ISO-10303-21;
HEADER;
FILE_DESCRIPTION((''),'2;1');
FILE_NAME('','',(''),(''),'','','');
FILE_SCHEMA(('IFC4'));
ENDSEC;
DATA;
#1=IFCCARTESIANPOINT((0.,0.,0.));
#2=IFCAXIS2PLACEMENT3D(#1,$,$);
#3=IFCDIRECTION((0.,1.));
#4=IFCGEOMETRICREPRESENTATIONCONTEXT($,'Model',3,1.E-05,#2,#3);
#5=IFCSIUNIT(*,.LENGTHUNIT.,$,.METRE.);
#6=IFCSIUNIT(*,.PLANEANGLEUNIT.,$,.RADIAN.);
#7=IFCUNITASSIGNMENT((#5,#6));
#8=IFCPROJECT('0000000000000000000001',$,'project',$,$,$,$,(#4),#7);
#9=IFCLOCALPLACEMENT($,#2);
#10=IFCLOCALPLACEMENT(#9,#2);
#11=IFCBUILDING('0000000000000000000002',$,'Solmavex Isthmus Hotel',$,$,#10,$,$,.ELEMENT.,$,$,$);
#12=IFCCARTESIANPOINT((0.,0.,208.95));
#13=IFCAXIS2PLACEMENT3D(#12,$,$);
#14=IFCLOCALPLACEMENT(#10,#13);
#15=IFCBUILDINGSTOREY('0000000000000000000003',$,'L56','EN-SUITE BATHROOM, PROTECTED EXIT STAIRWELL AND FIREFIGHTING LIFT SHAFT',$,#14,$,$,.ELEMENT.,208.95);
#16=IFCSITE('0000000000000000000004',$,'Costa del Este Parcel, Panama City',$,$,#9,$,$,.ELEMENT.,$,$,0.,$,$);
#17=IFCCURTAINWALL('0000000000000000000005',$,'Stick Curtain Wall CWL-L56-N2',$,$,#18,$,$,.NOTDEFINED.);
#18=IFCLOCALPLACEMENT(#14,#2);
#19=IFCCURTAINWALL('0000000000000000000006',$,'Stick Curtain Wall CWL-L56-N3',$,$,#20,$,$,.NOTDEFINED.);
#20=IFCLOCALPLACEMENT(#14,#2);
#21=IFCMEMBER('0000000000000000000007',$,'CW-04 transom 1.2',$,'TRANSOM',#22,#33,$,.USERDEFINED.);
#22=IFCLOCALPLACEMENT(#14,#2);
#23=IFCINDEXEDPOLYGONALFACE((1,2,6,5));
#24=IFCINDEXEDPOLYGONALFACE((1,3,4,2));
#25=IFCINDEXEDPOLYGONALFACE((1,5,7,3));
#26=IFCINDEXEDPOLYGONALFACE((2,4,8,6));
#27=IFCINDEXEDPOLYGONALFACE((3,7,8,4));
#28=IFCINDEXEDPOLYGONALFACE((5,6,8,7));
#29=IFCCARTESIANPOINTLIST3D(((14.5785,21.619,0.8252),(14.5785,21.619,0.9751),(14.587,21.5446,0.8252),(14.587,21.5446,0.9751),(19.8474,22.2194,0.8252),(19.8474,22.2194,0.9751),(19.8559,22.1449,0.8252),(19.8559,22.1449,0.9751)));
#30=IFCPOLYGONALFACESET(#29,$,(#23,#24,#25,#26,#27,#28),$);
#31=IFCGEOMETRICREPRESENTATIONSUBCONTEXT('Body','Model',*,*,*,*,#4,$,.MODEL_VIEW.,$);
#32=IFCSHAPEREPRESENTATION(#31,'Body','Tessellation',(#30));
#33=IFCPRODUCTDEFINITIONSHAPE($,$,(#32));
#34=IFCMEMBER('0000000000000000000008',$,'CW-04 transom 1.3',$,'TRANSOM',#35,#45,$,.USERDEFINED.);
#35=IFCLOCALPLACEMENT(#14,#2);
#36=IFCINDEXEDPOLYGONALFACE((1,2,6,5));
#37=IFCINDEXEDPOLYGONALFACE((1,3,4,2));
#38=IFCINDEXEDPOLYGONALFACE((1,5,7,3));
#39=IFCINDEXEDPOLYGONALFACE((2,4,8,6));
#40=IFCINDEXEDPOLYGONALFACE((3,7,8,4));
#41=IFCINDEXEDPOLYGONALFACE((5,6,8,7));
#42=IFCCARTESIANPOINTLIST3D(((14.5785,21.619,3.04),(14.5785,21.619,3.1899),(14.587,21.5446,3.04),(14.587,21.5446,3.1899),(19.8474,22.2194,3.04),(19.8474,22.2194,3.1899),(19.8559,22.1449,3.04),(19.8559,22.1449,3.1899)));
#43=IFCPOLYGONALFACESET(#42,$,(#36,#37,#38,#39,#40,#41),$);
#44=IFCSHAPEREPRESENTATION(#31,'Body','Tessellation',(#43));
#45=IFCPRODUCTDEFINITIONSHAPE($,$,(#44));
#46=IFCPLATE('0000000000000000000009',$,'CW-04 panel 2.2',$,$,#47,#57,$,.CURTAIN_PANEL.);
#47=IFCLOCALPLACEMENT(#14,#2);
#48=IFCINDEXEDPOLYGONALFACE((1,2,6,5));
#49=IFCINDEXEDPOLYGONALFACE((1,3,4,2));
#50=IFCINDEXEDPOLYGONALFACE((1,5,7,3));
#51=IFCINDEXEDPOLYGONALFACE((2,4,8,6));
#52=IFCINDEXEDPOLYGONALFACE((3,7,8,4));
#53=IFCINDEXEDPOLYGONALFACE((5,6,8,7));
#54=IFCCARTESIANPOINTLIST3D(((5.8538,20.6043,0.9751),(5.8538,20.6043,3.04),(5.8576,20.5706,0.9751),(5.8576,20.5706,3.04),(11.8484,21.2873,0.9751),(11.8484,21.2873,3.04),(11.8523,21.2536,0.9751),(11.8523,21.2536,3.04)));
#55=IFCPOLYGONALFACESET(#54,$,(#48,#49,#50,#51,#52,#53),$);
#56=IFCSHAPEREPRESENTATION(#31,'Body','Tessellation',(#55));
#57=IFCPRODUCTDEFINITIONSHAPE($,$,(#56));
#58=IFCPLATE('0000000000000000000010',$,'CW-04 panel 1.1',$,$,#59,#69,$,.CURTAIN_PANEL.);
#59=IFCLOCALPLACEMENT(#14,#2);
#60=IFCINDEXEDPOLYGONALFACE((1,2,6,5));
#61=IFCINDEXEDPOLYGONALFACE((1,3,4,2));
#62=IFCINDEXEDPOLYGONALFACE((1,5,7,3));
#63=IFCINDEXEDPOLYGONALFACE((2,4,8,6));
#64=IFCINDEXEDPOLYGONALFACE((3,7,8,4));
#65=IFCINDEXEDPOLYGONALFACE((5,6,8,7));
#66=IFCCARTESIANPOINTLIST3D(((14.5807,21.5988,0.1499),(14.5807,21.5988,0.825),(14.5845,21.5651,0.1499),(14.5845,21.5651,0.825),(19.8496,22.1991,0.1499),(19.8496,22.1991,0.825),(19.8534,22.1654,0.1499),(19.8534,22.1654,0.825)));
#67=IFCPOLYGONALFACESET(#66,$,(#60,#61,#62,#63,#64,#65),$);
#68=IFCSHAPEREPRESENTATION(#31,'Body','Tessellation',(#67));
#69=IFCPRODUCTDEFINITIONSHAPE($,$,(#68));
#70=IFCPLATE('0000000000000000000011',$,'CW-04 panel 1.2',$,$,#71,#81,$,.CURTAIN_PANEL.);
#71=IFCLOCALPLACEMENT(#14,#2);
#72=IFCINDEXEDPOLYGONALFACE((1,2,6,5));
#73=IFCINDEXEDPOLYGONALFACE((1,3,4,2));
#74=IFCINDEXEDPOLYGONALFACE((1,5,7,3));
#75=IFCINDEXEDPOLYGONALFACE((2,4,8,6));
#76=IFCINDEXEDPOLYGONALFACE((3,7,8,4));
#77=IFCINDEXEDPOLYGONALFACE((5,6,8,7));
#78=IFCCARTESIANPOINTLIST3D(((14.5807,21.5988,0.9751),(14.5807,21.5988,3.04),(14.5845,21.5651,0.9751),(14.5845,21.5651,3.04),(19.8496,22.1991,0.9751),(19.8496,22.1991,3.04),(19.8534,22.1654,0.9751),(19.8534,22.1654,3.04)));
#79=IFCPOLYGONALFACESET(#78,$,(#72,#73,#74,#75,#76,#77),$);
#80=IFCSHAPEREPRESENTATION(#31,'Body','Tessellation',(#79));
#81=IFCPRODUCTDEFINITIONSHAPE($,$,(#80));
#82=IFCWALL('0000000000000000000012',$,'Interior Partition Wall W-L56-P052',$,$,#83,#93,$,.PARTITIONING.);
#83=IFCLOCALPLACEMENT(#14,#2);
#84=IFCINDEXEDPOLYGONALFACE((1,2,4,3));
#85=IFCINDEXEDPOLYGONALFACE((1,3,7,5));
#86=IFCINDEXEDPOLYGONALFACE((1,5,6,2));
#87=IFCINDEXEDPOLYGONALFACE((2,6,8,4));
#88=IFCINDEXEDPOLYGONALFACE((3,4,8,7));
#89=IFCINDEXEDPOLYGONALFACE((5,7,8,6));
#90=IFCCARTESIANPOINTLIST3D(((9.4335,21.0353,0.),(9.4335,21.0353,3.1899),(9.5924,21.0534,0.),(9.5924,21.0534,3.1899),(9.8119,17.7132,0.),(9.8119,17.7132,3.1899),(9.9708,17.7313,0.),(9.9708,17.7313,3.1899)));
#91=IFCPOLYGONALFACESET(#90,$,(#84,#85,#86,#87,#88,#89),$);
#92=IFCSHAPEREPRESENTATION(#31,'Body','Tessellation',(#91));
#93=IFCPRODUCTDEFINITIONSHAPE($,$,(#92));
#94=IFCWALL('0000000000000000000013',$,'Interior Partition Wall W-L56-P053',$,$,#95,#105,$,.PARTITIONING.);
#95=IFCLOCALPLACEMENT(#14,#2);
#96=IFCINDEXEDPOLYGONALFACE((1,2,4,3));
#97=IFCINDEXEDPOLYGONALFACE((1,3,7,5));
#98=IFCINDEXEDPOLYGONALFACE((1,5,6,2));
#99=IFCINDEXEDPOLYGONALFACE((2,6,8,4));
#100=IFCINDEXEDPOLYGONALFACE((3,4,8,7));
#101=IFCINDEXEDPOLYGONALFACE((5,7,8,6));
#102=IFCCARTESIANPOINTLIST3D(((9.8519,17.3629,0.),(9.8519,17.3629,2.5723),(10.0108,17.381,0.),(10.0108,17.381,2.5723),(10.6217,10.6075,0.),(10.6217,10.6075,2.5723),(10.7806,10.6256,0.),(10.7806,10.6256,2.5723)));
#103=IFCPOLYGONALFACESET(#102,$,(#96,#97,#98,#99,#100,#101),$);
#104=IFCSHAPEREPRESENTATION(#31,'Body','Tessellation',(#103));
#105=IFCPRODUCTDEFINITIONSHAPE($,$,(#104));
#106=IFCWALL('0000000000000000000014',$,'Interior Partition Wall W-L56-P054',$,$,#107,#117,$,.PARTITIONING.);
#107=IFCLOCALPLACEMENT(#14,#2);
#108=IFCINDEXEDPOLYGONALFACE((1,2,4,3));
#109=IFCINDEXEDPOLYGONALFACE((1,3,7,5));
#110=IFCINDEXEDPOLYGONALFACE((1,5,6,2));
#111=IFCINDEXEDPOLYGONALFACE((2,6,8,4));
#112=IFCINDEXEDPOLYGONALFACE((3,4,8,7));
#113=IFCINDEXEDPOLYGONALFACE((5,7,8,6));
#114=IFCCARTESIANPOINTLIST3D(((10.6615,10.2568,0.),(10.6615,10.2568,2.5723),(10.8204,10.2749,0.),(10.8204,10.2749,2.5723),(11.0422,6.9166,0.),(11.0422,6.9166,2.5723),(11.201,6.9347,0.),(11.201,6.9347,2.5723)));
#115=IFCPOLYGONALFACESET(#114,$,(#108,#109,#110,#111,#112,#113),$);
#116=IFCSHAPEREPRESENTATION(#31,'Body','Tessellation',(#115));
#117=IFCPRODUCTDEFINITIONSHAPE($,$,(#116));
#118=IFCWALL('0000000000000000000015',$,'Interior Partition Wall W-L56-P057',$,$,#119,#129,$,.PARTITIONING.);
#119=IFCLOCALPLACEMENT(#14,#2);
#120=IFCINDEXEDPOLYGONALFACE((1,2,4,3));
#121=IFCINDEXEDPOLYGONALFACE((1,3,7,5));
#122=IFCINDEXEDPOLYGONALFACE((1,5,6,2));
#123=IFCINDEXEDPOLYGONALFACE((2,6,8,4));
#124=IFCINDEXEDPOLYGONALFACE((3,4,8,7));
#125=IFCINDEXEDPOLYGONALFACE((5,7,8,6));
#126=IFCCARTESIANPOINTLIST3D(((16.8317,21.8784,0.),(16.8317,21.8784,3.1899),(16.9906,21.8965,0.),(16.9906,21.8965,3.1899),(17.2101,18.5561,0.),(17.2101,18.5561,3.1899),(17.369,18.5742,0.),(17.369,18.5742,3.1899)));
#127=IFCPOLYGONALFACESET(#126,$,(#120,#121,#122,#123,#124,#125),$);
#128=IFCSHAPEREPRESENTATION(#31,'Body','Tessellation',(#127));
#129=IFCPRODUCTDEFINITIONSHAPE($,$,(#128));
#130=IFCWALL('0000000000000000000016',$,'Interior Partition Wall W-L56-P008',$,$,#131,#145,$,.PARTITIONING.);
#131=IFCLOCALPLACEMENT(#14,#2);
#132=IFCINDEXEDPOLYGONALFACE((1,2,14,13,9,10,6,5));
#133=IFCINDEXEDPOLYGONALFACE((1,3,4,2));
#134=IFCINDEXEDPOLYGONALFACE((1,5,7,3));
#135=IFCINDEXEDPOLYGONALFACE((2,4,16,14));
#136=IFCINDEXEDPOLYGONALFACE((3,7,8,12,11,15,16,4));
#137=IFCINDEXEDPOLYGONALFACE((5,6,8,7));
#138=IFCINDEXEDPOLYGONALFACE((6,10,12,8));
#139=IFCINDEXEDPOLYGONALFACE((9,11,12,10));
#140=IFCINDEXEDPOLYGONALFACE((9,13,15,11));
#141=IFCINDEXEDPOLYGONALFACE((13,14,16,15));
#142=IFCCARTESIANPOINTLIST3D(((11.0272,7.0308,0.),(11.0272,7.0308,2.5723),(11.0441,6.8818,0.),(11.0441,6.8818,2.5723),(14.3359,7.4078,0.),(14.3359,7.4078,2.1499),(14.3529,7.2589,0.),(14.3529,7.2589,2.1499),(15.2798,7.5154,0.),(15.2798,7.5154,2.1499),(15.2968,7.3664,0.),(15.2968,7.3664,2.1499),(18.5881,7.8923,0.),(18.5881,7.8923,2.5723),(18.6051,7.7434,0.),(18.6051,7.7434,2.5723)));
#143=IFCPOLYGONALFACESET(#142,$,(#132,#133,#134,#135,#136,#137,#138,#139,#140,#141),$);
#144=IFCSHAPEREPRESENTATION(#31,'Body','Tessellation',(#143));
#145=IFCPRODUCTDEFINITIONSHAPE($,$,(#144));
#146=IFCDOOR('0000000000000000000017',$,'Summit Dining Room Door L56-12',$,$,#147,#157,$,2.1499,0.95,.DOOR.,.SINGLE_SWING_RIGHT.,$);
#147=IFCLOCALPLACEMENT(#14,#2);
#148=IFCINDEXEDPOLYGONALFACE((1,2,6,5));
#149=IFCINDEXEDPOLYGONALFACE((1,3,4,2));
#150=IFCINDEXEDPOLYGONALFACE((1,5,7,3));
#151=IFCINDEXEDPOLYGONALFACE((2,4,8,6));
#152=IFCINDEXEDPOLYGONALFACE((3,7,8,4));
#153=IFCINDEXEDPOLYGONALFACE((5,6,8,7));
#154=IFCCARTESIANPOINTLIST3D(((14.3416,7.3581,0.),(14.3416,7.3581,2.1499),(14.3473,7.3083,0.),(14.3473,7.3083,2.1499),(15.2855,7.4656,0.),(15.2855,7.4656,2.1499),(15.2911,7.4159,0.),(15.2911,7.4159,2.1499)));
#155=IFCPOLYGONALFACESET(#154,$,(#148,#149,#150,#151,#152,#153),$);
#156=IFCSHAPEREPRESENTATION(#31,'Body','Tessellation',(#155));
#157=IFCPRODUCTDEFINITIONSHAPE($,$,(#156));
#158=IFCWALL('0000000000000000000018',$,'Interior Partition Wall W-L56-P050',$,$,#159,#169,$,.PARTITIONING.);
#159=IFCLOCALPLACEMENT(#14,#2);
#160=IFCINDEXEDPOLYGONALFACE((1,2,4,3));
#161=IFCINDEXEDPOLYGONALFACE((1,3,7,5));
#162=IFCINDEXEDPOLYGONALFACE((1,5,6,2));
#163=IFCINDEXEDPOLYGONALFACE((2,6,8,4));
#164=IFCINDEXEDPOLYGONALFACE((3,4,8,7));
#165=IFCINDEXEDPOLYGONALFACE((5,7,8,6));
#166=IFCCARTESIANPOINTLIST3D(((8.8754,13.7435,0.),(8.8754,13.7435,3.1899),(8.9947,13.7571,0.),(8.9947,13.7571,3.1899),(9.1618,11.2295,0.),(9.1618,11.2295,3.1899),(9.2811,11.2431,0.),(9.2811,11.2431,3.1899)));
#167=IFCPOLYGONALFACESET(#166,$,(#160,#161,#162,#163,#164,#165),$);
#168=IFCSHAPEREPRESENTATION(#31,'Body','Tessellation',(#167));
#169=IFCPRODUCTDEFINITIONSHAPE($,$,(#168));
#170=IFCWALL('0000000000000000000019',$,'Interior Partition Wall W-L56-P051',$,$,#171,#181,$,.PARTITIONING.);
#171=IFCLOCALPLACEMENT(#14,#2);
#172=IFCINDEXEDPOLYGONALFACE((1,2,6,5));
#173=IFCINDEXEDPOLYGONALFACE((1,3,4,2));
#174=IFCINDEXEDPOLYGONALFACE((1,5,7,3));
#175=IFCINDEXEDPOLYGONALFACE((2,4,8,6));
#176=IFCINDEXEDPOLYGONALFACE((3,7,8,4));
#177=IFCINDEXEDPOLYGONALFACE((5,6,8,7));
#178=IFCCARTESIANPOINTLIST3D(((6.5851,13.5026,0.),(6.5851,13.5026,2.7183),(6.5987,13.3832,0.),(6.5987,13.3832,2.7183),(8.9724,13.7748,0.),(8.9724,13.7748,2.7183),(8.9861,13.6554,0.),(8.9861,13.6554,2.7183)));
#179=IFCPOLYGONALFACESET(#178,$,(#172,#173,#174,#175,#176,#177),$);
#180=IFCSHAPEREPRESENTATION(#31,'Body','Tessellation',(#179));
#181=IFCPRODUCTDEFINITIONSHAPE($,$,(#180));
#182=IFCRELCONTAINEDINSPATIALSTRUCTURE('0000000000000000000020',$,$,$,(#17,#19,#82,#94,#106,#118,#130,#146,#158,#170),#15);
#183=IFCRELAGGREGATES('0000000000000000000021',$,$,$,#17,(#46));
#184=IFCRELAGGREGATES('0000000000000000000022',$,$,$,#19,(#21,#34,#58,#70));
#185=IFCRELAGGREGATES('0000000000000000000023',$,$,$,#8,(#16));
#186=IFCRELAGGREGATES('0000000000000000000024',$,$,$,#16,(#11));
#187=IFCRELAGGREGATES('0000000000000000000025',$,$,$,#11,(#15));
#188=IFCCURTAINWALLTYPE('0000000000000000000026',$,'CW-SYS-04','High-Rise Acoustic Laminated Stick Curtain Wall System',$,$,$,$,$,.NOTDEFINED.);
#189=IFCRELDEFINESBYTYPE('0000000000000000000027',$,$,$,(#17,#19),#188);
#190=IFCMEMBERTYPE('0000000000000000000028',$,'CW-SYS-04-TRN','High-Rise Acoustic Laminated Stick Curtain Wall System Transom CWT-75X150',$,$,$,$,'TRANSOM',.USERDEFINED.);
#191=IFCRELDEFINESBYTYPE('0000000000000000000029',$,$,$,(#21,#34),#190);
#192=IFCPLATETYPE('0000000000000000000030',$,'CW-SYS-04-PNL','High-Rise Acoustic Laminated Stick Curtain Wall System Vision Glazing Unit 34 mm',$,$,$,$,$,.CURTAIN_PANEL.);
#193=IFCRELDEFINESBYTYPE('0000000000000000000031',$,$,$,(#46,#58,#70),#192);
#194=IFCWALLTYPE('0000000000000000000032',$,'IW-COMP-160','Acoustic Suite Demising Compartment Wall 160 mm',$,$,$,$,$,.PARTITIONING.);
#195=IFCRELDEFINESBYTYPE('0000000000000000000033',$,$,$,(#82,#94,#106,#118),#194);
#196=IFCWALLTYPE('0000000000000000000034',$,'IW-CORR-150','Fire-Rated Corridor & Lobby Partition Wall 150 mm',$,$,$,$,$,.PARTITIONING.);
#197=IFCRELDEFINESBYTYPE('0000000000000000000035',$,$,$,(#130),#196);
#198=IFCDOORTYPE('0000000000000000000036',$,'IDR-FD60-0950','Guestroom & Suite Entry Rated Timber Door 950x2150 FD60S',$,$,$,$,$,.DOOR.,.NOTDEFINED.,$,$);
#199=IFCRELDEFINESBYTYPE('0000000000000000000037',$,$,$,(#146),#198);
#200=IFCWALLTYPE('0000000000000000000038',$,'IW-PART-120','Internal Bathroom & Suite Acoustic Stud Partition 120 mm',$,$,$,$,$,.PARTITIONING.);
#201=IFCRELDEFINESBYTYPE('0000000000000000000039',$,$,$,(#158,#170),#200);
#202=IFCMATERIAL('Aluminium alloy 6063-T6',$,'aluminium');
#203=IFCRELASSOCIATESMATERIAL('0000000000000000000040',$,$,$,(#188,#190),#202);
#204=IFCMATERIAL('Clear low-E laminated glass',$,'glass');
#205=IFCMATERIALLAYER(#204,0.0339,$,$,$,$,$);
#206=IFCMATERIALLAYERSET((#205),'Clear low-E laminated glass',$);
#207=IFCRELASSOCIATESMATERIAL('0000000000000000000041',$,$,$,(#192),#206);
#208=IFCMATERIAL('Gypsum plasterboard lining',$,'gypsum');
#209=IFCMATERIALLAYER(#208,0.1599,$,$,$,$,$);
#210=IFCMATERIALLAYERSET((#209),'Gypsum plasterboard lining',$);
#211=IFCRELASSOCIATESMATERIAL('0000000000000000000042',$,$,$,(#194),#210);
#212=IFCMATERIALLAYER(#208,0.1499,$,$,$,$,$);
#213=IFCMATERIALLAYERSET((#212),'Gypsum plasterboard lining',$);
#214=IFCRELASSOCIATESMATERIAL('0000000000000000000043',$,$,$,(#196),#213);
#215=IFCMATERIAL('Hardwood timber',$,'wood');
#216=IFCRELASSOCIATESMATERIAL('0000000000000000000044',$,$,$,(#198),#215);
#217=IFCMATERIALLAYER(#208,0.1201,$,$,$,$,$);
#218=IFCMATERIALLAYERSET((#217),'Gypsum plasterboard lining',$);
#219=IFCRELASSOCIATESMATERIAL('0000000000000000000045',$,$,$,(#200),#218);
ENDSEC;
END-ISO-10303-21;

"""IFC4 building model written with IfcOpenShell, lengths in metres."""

from ifc_helpers import new_model, si_unit, direction, frame, frame_2d, origin, origin_2d, place, context, subcontext, project, spatial, rectangle, extrude, material, layer, layer_set, material_profile, profile_set, type_object, element, fill, aggregate, save


model = new_model("IFC4")

# Units and contexts
model_context = context("Model", 3, precision=1e-05, world=origin(), true_north=direction((0.0, 1.0)))
body_context = subcontext(model_context, "Body", "Model", "MODEL_VIEW")
ifc_project = project(units=[si_unit("LENGTHUNIT", "METRE"), si_unit("PLANEANGLEUNIT", "RADIAN")], contexts=[model_context])

# Site, building, storey
site_placement = place(None, origin())
site = spatial("IfcSite", under=ifc_project, at=site_placement, Name="Costa del Este Parcel, Panama City", CompositionType="ELEMENT", RefElevation=0.0)
building_placement = place(site_placement, origin())
building = spatial("IfcBuilding", under=site, at=building_placement, Name="Solmavex Isthmus Hotel", CompositionType="ELEMENT")
storey_placement = place(building_placement, frame((0.0, 0.0, 208.95)))
storey = spatial("IfcBuildingStorey", under=building, at=storey_placement, Name="L56", Description="EN-SUITE BATHROOM, PROTECTED EXIT STAIRWELL AND FIREFIGHTING LIFT SHAFT", CompositionType="ELEMENT", Elevation=208.95)

# Curtain wall
ifc_material_1 = material(Name="Aluminium alloy 6063-T6", Category="aluminium")
curtain_wall_type = type_object("IfcCurtainWallType", Name="CW-SYS-04", Description="High-Rise Acoustic Laminated Stick Curtain Wall System", PredefinedType="NOTDEFINED", material=ifc_material_1)
curtain_wall_1_placement = place(storey_placement, origin())
curtain_wall_1 = element("IfcCurtainWall", 1, at=curtain_wall_1_placement, inside=storey, type_object=curtain_wall_type, Name="Stick Curtain Wall CWL-L56-N2", PredefinedType="NOTDEFINED")

# Curtain wall, members
curtain_wall_2_placement = place(storey_placement, origin())
curtain_wall_2 = element("IfcCurtainWall", 2, at=curtain_wall_2_placement, inside=storey, type_object=curtain_wall_type, Name="Stick Curtain Wall CWL-L56-N3", PredefinedType="NOTDEFINED")
ifc_material_profile_1 = material_profile(ifc_material_1, rectangle(XDim=0.075, YDim=0.1499, at=origin_2d()), Name="CWT-75X150")
ifc_profile_set_1 = profile_set([ifc_material_profile_1], Name="Aluminium alloy 6063-T6")
member_type_1 = type_object("IfcMemberType", Name="CW-SYS-04-TRN", Description="High-Rise Acoustic Laminated Stick Curtain Wall System Transom CWT-75X150", ElementType="TRANSOM", PredefinedType="USERDEFINED", material=ifc_profile_set_1)
member_1_placement = place(storey_placement, frame((14.5828, 21.5818, 0.9001), z_axis=(0.993571, 0.11321, 0.0), x_axis=(-0.11321, 0.993571, 0.0)))
member_1 = element("IfcMember", 3, at=member_1_placement, type_object=member_type_1, Name="CW-04 transom 1.2", ObjectType="TRANSOM", PredefinedType="USERDEFINED", context=body_context, shape_type="SweptSolid", body=[
    extrude(rectangle(XDim=0.075, YDim=0.1499, at=origin_2d()), origin(), (0.0, 0.0, 1.0), 5.303),
])
member_2_placement = place(storey_placement, frame((14.5828, 21.5818, 3.115), z_axis=(0.993571, 0.11321, 0.0), x_axis=(-0.11321, 0.993571, 0.0)))
member_2 = element("IfcMember", 4, at=member_2_placement, type_object=member_type_1, Name="CW-04 transom 1.3", ObjectType="TRANSOM", PredefinedType="USERDEFINED", context=body_context, shape_type="SweptSolid", body=[
    extrude(rectangle(XDim=0.075, YDim=0.1499, at=origin_2d()), origin(), (0.0, 0.0, 1.0), 5.303),
])

# Plates
ifc_material_2 = material(Name="Clear low-E laminated glass", Category="glass")
ifc_layer_1 = layer(ifc_material_2, 0.0339)
ifc_layer_set_1 = layer_set([ifc_layer_1], Name="Clear low-E laminated glass")
plate_type = type_object("IfcPlateType", Name="CW-SYS-04-PNL", Description="High-Rise Acoustic Laminated Stick Curtain Wall System Vision Glazing Unit 34 mm", PredefinedType="CURTAIN_PANEL", material=ifc_layer_set_1)
plate_1_placement = place(storey_placement, frame((8.853, 20.929, 0.9751), z_axis=(0.0, 0.0, 1.0), x_axis=(0.993572, 0.113203, 0.0)))
plate_1 = element("IfcPlate", 5, at=plate_1_placement, type_object=plate_type, Name="CW-04 panel 2.2", PredefinedType="CURTAIN_PANEL", context=body_context, shape_type="SweptSolid", body=[
    extrude(rectangle(XDim=6.0334, YDim=0.0339, at=origin_2d()), origin(), (0.0, 0.0, 1.0), 2.0649),
])
aggregate(curtain_wall_1, [plate_1])
plate_2_placement = place(storey_placement, frame((17.217, 21.8821, 0.1499), z_axis=(0.0, 0.0, 1.0), x_axis=(0.993572, 0.113204, 0.0)))
plate_2 = element("IfcPlate", 6, at=plate_2_placement, type_object=plate_type, Name="CW-04 panel 1.1", PredefinedType="CURTAIN_PANEL", context=body_context, shape_type="SweptSolid", body=[
    extrude(rectangle(XDim=5.303, YDim=0.0339, at=origin_2d()), origin(), (0.0, 0.0, 1.0), 0.675),
])
plate_3_placement = place(storey_placement, frame((17.217, 21.8821, 0.9751), z_axis=(0.0, 0.0, 1.0), x_axis=(0.993572, 0.113204, 0.0)))
plate_3 = element("IfcPlate", 7, at=plate_3_placement, type_object=plate_type, Name="CW-04 panel 1.2", PredefinedType="CURTAIN_PANEL", context=body_context, shape_type="SweptSolid", body=[
    extrude(rectangle(XDim=5.303, YDim=0.0339, at=origin_2d()), origin(), (0.0, 0.0, 1.0), 2.0649),
])
aggregate(curtain_wall_2, [member_1, member_2, plate_2, plate_3])

# Walls
ifc_material_3 = material(Name="Gypsum plasterboard lining", Category="gypsum")
ifc_layer_2 = layer(ifc_material_3, 0.1599)
ifc_layer_set_2 = layer_set([ifc_layer_2], Name="Gypsum plasterboard lining")
wall_type_1 = type_object("IfcWallType", Name="IW-COMP-160", Description="Acoustic Suite Demising Compartment Wall 160 mm", PredefinedType="PARTITIONING", material=ifc_layer_set_2)
wall_1_placement = place(storey_placement, frame((9.5129, 21.0444, 0.0), z_axis=(0.0, 0.0, 1.0), x_axis=(0.11318, -0.993574, 0.0)))
element("IfcWall", 8, at=wall_1_placement, inside=storey, type_object=wall_type_1, Name="Interior Partition Wall W-L56-P052", PredefinedType="PARTITIONING", context=body_context, shape_type="SweptSolid", body=[
    extrude(rectangle(XDim=3.3435, YDim=0.1599, at=frame_2d((1.6719, 0.0))), origin(), (0.0, 0.0, 1.0), 3.1899),
])
wall_2_placement = place(storey_placement, frame((9.9314, 17.3718, 0.0), z_axis=(0.0, 0.0, 1.0), x_axis=(0.113217, -0.99357, 0.0)))
element("IfcWall", 9, at=wall_2_placement, inside=storey, type_object=wall_type_1, Name="Interior Partition Wall W-L56-P053", PredefinedType="PARTITIONING", context=body_context, shape_type="SweptSolid", body=[
    extrude(rectangle(XDim=6.7991, YDim=0.1599, at=frame_2d((3.3994, 0.0))), origin(), (0.0, 0.0, 1.0), 2.5723),
])
wall_3_placement = place(storey_placement, frame((10.741, 10.2659, 0.0), z_axis=(0.0, 0.0, 1.0), x_axis=(0.113221, -0.99357, 0.0)))
element("IfcWall", 10, at=wall_3_placement, inside=storey, type_object=wall_type_1, Name="Interior Partition Wall W-L56-P054", PredefinedType="PARTITIONING", context=body_context, shape_type="SweptSolid", body=[
    extrude(rectangle(XDim=3.3618, YDim=0.1599, at=frame_2d((1.6809, 0.0))), origin(), (0.0, 0.0, 1.0), 2.5723),
])
wall_4_placement = place(storey_placement, frame((16.9111, 21.8875, 0.0), z_axis=(0.0, 0.0, 1.0), x_axis=(0.113172, -0.993575, 0.0)))
element("IfcWall", 11, at=wall_4_placement, inside=storey, type_object=wall_type_1, Name="Interior Partition Wall W-L56-P057", PredefinedType="PARTITIONING", context=body_context, shape_type="SweptSolid", body=[
    extrude(rectangle(XDim=3.3438, YDim=0.1599, at=frame_2d((1.6719, 0.0))), origin(), (0.0, 0.0, 1.0), 3.1899),
])

# Wall, opening, door
ifc_layer_3 = layer(ifc_material_3, 0.1499)
ifc_layer_set_3 = layer_set([ifc_layer_3], Name="Gypsum plasterboard lining")
wall_type_2 = type_object("IfcWallType", Name="IW-CORR-150", Description="Fire-Rated Corridor & Lobby Partition Wall 150 mm", PredefinedType="PARTITIONING", material=ifc_layer_set_3)
wall_5_placement = place(storey_placement, frame((11.0356, 6.9563, 0.0), z_axis=(0.0, 0.0, 1.0), x_axis=(0.99357, 0.113216, 0.0)))
wall_5 = element("IfcWall", 12, at=wall_5_placement, inside=storey, type_object=wall_type_2, Name="Interior Partition Wall W-L56-P008", PredefinedType="PARTITIONING", context=body_context, shape_type="SweptSolid", body=[
    extrude(rectangle(XDim=7.6099, YDim=0.1499, at=frame_2d((3.8049, 0.0))), origin(), (0.0, 0.0, 1.0), 2.5723),
])
opening_1_placement = place(wall_5_placement, frame((3.3301, 0.0, 0.0)))
opening_1 = element("IfcOpeningElement", 13, at=opening_1_placement, cuts=wall_5, PredefinedType="OPENING", context=body_context, shape_type="SweptSolid", body=[
    extrude(rectangle(XDim=0.95, YDim=2.1499, at=frame_2d((0.4751, 1.075))), frame((0.0, 0.085, 0.0), z_axis=(0.0, -1.0, 0.0), x_axis=(1.0, 0.0, 0.0)), (0.0, 0.0, 1.0), 0.1699),
])
ifc_material_4 = material(Name="Hardwood timber", Category="wood")
door_type_1 = type_object("IfcDoorType", Name="IDR-FD60-0950", Description="Guestroom & Suite Entry Rated Timber Door 950x2150 FD60S", OperationType="NOTDEFINED", PredefinedType="DOOR", material=ifc_material_4)
door_1_placement = place(opening_1_placement, origin())
door_1 = element("IfcDoor", 14, at=door_1_placement, inside=storey, type_object=door_type_1, Name="Summit Dining Room Door L56-12", OperationType="SINGLE_SWING_RIGHT", OverallHeight=2.1499, OverallWidth=0.95, PredefinedType="DOOR", context=body_context, shape_type="SweptSolid", body=[
    extrude(rectangle(XDim=0.95, YDim=2.1499, at=frame_2d((0.4751, 1.075))), frame((0.0, 0.0249, 0.0), z_axis=(0.0, -1.0, 0.0), x_axis=(1.0, 0.0, 0.0)), (0.0, 0.0, 1.0), 0.05),
])
fill(opening_1, door_1)

# Walls
ifc_layer_4 = layer(ifc_material_3, 0.1201)
ifc_layer_set_4 = layer_set([ifc_layer_4], Name="Gypsum plasterboard lining")
wall_type_3 = type_object("IfcWallType", Name="IW-PART-120", Description="Internal Bathroom & Suite Acoustic Stud Partition 120 mm", PredefinedType="PARTITIONING", material=ifc_layer_set_4)
wall_6_placement = place(storey_placement, frame((9.2214, 11.2363, 0.0), z_axis=(0.0, 0.0, 1.0), x_axis=(-0.113185, 0.993574, 0.0)))
element("IfcWall", 15, at=wall_6_placement, inside=storey, type_object=wall_type_3, Name="Interior Partition Wall W-L56-P050", PredefinedType="PARTITIONING", context=body_context, shape_type="SweptSolid", body=[
    extrude(rectangle(XDim=2.5303, YDim=0.1201, at=frame_2d((1.2651, 0.0))), origin(), (0.0, 0.0, 1.0), 3.1899),
])
wall_7_placement = place(storey_placement, frame((8.9792, 13.7151, 0.0), z_axis=(0.0, 0.0, 1.0), x_axis=(-0.993562, -0.113286, 0.0)))
element("IfcWall", 16, at=wall_7_placement, inside=storey, type_object=wall_type_3, Name="Interior Partition Wall W-L56-P051", PredefinedType="PARTITIONING", context=body_context, shape_type="SweptSolid", body=[
    extrude(rectangle(XDim=2.4028, YDim=0.1201, at=frame_2d((1.2014, 0.0))), origin(), (0.0, 0.0, 1.0), 2.7183),
])

save(model, "model.ifc")
